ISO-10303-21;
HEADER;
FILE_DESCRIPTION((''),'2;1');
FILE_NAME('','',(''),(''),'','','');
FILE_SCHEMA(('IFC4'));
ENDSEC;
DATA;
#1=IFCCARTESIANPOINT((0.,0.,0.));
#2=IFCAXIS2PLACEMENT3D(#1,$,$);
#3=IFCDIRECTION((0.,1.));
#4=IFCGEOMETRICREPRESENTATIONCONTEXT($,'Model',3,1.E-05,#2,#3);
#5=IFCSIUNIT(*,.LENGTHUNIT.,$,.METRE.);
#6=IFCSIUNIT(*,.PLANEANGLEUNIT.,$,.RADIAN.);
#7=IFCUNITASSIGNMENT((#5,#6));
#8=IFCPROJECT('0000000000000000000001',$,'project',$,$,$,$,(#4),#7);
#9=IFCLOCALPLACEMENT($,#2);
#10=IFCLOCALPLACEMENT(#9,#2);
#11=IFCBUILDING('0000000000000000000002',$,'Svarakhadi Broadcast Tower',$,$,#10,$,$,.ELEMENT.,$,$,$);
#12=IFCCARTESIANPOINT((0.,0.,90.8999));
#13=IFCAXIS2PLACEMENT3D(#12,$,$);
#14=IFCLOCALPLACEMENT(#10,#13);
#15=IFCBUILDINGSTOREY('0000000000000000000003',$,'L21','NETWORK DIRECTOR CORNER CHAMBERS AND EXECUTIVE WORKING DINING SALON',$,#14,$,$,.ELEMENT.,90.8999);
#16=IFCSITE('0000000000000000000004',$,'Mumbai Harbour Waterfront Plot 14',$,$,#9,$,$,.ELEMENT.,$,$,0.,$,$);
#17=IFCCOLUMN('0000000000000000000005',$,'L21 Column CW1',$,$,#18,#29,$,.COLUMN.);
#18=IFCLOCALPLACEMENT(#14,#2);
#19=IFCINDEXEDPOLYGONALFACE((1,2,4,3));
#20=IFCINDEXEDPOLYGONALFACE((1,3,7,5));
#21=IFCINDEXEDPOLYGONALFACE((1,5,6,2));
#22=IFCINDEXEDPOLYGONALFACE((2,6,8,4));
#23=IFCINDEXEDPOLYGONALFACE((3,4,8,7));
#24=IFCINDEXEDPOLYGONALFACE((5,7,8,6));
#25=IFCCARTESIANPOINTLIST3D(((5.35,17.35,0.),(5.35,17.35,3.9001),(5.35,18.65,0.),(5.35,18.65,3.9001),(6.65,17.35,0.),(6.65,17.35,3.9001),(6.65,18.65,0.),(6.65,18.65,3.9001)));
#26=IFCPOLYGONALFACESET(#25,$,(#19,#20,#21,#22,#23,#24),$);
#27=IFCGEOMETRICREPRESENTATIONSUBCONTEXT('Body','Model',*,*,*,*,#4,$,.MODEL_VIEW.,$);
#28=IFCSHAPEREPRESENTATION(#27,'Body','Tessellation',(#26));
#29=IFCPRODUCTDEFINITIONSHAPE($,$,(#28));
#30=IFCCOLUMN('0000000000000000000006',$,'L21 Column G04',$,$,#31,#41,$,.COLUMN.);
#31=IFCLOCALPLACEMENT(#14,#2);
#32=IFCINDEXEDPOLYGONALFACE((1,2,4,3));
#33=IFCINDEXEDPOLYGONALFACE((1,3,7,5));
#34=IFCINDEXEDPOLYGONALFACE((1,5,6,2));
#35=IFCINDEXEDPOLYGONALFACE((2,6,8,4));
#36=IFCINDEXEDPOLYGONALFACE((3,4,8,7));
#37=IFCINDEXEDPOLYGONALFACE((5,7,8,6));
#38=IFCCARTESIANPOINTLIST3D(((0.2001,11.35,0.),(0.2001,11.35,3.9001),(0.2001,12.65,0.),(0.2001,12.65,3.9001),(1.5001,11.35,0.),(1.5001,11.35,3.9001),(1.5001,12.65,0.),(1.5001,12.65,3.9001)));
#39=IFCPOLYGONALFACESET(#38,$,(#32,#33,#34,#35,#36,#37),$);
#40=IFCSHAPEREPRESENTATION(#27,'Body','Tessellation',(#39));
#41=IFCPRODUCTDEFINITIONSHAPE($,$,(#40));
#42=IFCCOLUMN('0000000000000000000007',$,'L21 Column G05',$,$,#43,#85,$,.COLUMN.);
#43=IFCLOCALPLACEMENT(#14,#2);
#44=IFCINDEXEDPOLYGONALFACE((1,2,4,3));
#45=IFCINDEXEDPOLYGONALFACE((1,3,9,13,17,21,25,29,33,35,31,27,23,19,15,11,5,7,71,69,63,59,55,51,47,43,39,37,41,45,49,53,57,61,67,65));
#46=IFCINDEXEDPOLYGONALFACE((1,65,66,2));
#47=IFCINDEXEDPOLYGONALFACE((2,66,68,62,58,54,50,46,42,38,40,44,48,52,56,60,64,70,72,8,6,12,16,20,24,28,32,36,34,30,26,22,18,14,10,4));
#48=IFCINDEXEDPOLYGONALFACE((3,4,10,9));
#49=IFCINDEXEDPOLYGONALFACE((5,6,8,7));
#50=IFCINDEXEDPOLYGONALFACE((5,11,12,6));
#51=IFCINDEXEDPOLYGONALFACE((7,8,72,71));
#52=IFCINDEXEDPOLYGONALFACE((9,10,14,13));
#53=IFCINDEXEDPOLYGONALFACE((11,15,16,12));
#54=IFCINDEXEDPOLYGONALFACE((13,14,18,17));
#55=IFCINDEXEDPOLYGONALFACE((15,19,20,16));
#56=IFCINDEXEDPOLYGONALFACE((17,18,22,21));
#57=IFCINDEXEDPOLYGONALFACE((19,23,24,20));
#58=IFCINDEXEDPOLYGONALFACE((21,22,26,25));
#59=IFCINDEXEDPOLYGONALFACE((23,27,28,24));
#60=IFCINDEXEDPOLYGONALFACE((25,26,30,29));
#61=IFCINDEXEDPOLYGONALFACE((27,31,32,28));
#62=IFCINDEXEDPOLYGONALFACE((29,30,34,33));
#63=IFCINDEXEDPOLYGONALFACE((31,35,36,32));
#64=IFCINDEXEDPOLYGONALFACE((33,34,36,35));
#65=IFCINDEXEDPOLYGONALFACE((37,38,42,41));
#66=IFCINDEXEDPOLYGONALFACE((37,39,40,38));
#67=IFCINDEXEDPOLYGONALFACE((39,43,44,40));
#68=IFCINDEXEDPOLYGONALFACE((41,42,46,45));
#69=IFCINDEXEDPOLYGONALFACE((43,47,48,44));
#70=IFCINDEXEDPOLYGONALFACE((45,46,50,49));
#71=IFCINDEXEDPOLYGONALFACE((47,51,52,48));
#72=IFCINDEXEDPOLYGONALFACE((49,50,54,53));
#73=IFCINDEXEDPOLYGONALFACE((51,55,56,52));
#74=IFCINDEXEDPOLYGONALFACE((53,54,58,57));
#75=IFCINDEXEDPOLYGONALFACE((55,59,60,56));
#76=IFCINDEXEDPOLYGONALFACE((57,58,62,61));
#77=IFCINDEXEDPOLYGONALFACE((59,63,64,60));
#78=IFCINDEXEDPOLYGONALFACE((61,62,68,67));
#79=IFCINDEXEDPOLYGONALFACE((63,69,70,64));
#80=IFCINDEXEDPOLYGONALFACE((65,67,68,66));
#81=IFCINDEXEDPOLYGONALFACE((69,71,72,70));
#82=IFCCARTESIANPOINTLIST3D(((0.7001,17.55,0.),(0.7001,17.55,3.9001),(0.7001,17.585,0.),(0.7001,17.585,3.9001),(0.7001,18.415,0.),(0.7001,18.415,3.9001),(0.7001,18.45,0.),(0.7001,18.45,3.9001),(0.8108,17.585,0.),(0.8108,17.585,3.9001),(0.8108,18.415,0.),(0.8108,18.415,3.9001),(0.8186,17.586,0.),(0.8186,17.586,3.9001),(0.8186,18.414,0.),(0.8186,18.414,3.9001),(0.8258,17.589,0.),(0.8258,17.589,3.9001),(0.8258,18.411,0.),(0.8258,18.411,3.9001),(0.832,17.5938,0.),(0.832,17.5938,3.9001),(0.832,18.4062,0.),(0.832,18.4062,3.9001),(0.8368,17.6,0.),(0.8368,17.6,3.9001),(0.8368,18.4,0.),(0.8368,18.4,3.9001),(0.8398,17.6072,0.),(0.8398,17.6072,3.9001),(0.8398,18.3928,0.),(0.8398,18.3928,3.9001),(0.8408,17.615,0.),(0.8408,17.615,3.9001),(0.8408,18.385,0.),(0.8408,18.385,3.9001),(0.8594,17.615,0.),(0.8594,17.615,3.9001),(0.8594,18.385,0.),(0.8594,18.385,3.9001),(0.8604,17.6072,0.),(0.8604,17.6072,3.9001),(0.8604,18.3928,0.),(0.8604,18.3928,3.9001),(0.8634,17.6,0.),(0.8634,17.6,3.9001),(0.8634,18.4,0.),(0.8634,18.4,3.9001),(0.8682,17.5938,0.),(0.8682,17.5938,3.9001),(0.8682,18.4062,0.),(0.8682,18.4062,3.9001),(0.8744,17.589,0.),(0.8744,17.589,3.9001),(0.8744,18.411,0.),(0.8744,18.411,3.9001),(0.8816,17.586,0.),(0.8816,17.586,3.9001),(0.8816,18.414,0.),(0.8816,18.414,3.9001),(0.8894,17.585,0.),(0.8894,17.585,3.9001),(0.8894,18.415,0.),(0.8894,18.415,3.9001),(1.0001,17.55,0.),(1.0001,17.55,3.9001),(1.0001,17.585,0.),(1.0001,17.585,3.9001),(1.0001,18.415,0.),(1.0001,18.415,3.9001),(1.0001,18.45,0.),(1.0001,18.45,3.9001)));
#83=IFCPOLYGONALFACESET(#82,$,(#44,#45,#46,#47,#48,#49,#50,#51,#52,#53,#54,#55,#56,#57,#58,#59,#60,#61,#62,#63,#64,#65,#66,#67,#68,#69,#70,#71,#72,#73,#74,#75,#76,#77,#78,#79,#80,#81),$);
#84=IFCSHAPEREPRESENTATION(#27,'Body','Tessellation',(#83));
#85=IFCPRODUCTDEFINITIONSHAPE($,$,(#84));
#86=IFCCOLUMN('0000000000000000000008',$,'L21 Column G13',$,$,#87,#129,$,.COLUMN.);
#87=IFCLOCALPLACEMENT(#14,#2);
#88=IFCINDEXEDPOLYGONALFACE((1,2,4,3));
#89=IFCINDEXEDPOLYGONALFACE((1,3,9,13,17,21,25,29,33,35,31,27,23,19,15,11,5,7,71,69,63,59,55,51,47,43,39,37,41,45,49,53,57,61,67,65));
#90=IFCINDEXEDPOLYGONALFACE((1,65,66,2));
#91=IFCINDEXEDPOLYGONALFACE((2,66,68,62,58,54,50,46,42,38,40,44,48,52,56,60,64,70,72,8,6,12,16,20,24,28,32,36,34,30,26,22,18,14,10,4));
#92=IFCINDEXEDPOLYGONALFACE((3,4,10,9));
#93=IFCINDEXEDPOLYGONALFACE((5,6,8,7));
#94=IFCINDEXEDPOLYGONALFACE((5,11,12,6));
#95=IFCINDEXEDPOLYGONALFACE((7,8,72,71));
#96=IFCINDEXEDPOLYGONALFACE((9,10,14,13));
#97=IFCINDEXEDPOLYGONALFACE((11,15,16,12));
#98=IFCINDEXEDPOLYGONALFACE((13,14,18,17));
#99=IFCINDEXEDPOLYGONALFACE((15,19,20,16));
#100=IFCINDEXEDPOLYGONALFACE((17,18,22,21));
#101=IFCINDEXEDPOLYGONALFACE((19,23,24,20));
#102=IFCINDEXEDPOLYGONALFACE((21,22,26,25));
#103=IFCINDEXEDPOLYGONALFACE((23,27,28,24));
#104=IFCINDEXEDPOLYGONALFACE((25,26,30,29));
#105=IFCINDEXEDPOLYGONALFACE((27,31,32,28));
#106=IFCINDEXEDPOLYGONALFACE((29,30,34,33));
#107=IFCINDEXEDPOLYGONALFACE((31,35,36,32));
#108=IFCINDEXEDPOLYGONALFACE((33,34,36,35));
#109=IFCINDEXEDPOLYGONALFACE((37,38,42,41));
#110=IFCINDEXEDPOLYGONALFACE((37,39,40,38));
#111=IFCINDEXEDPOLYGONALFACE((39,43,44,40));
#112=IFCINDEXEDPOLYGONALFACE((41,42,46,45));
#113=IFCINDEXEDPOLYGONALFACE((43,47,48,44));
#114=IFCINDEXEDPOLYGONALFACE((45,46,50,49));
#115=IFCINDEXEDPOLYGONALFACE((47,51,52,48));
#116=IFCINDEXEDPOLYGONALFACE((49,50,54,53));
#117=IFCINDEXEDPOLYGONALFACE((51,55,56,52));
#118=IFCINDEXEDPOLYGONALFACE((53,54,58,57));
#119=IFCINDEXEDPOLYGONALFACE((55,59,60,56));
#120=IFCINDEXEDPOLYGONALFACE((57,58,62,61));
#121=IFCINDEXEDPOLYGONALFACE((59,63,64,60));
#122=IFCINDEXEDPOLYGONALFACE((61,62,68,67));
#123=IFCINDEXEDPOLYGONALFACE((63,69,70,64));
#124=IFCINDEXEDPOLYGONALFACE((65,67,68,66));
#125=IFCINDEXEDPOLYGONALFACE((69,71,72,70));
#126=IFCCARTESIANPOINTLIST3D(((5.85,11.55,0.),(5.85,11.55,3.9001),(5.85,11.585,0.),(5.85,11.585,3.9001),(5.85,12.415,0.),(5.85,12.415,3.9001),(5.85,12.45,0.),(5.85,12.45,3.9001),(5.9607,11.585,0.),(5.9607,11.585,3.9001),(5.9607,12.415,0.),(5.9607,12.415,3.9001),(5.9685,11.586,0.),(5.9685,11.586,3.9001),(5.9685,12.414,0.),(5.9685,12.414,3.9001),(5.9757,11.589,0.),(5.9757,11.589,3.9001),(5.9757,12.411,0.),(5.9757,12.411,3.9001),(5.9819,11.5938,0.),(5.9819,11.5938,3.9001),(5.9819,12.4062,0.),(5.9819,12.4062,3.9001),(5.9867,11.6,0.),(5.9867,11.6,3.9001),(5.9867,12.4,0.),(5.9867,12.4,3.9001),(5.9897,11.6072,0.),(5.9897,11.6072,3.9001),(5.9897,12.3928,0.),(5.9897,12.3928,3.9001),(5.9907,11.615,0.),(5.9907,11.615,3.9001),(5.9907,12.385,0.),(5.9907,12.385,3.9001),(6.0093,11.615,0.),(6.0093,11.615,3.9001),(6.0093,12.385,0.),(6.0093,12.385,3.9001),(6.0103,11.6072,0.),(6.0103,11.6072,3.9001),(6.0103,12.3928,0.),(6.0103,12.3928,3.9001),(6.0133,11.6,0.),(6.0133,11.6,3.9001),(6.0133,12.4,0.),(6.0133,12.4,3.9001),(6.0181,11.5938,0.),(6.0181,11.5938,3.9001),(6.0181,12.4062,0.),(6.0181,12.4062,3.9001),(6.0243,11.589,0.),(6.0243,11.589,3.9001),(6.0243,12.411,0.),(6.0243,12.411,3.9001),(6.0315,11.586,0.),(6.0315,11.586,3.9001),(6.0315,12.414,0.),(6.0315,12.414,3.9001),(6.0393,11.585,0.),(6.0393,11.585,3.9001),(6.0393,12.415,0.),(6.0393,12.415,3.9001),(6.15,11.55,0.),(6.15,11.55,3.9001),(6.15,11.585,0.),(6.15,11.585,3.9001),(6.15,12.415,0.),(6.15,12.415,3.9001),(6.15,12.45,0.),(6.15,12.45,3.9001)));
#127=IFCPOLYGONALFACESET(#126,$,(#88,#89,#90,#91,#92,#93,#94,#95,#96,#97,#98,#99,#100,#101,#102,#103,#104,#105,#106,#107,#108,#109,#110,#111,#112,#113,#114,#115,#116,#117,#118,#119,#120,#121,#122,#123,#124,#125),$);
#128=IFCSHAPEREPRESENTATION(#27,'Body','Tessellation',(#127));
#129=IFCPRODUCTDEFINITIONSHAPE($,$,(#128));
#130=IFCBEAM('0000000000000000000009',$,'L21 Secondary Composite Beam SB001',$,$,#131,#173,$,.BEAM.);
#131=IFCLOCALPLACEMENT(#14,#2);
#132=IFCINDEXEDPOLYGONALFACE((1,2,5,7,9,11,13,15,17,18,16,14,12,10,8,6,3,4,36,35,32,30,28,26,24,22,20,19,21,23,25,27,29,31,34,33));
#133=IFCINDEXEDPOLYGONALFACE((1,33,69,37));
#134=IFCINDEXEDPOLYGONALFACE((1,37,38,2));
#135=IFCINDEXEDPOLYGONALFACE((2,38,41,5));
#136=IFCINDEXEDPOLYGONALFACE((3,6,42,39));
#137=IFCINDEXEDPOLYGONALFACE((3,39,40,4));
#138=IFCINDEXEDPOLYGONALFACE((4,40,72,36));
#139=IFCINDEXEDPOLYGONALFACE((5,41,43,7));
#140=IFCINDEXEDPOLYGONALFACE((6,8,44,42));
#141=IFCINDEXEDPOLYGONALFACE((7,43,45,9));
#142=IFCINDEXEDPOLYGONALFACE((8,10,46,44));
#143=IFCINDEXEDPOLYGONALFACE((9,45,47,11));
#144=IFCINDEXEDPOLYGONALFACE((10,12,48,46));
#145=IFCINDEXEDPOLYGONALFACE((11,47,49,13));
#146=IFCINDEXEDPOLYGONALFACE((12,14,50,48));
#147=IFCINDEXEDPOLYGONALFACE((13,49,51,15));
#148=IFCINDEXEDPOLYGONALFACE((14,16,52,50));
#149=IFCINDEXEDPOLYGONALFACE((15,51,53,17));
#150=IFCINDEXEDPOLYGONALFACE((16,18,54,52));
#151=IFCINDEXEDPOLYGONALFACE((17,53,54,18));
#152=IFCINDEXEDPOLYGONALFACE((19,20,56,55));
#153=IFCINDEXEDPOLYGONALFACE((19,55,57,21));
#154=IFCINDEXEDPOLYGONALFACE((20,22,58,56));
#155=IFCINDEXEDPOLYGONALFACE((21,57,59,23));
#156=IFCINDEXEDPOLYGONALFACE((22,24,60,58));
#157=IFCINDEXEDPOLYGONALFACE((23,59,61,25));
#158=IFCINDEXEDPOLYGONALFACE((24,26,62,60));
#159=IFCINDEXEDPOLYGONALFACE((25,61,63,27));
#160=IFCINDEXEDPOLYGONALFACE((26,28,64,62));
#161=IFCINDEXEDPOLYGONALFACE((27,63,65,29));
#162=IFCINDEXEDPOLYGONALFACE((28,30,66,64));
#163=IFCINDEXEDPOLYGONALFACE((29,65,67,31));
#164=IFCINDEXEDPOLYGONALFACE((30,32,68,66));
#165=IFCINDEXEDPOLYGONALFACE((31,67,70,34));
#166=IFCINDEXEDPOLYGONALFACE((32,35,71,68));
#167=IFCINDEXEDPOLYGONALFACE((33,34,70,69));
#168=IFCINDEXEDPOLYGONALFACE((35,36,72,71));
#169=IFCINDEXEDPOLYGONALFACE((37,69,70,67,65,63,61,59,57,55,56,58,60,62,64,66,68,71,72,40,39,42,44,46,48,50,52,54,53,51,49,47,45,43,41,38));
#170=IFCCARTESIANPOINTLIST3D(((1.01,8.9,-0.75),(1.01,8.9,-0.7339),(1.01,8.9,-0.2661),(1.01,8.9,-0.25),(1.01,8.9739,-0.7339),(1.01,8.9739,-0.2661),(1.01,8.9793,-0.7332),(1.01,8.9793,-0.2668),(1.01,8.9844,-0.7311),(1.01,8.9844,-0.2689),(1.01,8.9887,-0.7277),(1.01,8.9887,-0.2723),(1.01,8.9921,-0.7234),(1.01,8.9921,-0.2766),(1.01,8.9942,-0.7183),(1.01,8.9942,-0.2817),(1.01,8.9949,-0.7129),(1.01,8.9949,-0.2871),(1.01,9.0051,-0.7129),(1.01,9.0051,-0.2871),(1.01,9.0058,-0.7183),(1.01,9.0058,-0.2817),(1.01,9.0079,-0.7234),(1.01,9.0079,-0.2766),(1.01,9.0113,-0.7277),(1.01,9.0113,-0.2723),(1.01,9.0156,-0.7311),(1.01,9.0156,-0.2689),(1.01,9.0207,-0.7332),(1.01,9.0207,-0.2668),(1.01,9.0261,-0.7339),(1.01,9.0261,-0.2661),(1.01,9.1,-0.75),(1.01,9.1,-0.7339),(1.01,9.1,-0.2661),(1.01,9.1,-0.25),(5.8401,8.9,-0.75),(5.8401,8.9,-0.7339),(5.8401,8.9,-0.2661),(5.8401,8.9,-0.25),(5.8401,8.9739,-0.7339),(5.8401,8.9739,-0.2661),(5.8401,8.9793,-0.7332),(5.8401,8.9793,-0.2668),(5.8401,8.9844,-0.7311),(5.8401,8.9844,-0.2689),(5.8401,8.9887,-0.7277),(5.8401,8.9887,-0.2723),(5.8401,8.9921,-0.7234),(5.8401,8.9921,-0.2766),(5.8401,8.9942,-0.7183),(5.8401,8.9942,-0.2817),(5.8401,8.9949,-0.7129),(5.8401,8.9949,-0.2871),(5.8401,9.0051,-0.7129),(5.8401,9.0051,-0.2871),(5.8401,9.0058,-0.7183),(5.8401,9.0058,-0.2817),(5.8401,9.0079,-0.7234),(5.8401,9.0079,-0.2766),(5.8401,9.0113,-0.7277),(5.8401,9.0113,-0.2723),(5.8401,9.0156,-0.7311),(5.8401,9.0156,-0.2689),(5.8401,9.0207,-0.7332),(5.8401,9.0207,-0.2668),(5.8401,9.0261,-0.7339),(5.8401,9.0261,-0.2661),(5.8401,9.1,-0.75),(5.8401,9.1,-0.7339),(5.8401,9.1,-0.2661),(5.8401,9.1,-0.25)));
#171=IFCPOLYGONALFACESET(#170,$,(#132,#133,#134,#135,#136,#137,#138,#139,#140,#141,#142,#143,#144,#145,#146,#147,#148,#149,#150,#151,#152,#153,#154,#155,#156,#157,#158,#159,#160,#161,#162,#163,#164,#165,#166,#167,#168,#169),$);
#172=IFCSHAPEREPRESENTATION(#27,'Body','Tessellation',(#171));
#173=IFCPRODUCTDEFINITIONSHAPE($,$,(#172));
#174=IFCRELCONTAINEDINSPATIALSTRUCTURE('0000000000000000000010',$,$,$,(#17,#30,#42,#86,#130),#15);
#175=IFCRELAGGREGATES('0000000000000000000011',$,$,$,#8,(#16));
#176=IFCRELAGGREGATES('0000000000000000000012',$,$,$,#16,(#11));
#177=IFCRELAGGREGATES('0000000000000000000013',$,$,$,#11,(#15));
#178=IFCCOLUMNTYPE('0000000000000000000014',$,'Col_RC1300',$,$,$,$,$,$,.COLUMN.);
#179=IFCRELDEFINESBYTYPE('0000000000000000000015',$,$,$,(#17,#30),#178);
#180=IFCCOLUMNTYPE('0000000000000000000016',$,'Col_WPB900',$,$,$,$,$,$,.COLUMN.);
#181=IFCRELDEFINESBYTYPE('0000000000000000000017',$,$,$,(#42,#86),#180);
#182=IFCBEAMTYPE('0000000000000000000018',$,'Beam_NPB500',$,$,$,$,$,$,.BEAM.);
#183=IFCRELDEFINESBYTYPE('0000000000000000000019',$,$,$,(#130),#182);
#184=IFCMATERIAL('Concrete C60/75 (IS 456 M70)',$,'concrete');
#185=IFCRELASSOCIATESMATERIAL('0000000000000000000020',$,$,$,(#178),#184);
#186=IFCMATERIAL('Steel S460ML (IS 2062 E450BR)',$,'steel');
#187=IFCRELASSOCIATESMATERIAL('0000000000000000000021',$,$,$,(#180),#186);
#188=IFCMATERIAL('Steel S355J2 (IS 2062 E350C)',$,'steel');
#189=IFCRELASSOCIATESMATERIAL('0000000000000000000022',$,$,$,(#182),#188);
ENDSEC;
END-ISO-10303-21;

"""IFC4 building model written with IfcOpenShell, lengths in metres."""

from ifc_helpers import new_model, si_unit, direction, frame, origin, origin_2d, place, context, subcontext, project, spatial, rectangle, i_section, extrude, material, material_profile, profile_set, type_object, element, save


model = new_model("IFC4")

# Units and contexts
model_context = context("Model", 3, precision=1e-05, world=origin(), true_north=direction((0.0, 1.0)))
body_context = subcontext(model_context, "Body", "Model", "MODEL_VIEW")
ifc_project = project(units=[si_unit("LENGTHUNIT", "METRE"), si_unit("PLANEANGLEUNIT", "RADIAN")], contexts=[model_context])

# Site, building, storey
site_placement = place(None, origin())
site = spatial("IfcSite", under=ifc_project, at=site_placement, Name="Mumbai Harbour Waterfront Plot 14", CompositionType="ELEMENT", RefElevation=0.0)
building_placement = place(site_placement, origin())
building = spatial("IfcBuilding", under=site, at=building_placement, Name="Svarakhadi Broadcast Tower", CompositionType="ELEMENT")
storey_placement = place(building_placement, frame((0.0, 0.0, 90.8999)))
storey = spatial("IfcBuildingStorey", under=building, at=storey_placement, Name="L21", Description="NETWORK DIRECTOR CORNER CHAMBERS AND EXECUTIVE WORKING DINING SALON", CompositionType="ELEMENT", Elevation=90.8999)

# Columns
ifc_material_1 = material(Name="Concrete C60/75 (IS 456 M70)", Category="concrete")
ifc_material_profile_1 = material_profile(ifc_material_1, rectangle(XDim=1.3, YDim=1.3, at=origin_2d()), Name="RC 1300x1300")
ifc_profile_set_1 = profile_set([ifc_material_profile_1], Name="Concrete C60/75 (IS 456 M70)")
column_type_1 = type_object("IfcColumnType", Name="Col_RC1300", PredefinedType="COLUMN", material=ifc_profile_set_1)
for number, where, z_axis, x_axis, name in (
    (1, (6.0, 18.0, 0.0), (0.0, 0.0, 1.0), (1.0, 0.0, 0.0), "L21 Column CW1"),
    (2, (0.8501, 12.0, 0.0), (0.0, 0.0, 1.0), (1.0, 0.0, 0.0), "L21 Column G04"),
):
    element("IfcColumn", number, at=place(storey_placement, frame(where, z_axis=z_axis, x_axis=x_axis)), inside=storey, type_object=column_type_1, Name=name, PredefinedType="COLUMN", context=body_context, shape_type="SweptSolid", body=[
        extrude(rectangle(XDim=1.3, YDim=1.3, at=origin_2d()), origin(), (0.0, 0.0, 1.0), 3.9001),
    ])
ifc_material_2 = material(Name="Steel S460ML (IS 2062 E450BR)", Category="steel")
ifc_material_profile_2 = material_profile(ifc_material_2, i_section(OverallWidth=0.3, OverallDepth=0.8999, WebThickness=0.0186, FlangeThickness=0.0349, FilletRadius=0.03, at=origin_2d()), Name="WPB 900x300x291")
ifc_profile_set_2 = profile_set([ifc_material_profile_2], Name="Steel S460ML (IS 2062 E450BR)")
column_type_2 = type_object("IfcColumnType", Name="Col_WPB900", PredefinedType="COLUMN", material=ifc_profile_set_2)
for number, where, z_axis, x_axis, name in (
    (3, (0.8501, 18.0, 0.0), (0.0, 0.0, 1.0), (1.0, 0.0, 0.0), "L21 Column G05"),
    (4, (6.0, 12.0, 0.0), (0.0, 0.0, 1.0), (1.0, 0.0, 0.0), "L21 Column G13"),
):
    element("IfcColumn", number, at=place(storey_placement, frame(where, z_axis=z_axis, x_axis=x_axis)), inside=storey, type_object=column_type_2, Name=name, PredefinedType="COLUMN", context=body_context, shape_type="SweptSolid", body=[
        extrude(i_section(OverallWidth=0.3, OverallDepth=0.8999, WebThickness=0.0186, FlangeThickness=0.0349, FilletRadius=0.03, at=origin_2d()), origin(), (0.0, 0.0, 1.0), 3.9001),
    ])

# Beam
ifc_material_3 = material(Name="Steel S355J2 (IS 2062 E350C)", Category="steel")
ifc_material_profile_3 = material_profile(ifc_material_3, i_section(OverallWidth=0.2, OverallDepth=0.5, WebThickness=0.0103, FlangeThickness=0.0161, FilletRadius=0.021, at=origin_2d()), Name="NPB 500x200x91")
ifc_profile_set_3 = profile_set([ifc_material_profile_3], Name="Steel S355J2 (IS 2062 E350C)")
beam_type_1 = type_object("IfcBeamType", Name="Beam_NPB500", PredefinedType="BEAM", material=ifc_profile_set_3)
for number, where, z_axis, x_axis, name in (
    (5, (1.01, 9.0, -0.5), (1.0, 0.0, 0.0), (0.0, 1.0, 0.0), "L21 Secondary Composite Beam SB001"),
):
    element("IfcBeam", number, at=place(storey_placement, frame(where, z_axis=z_axis, x_axis=x_axis)), inside=storey, type_object=beam_type_1, Name=name, PredefinedType="BEAM", context=body_context, shape_type="SweptSolid", body=[
        extrude(i_section(OverallWidth=0.2, OverallDepth=0.5, WebThickness=0.0103, FlangeThickness=0.0161, FilletRadius=0.021, at=origin_2d()), origin(), (0.0, 0.0, 1.0), 4.8301),
    ])

save(model, "model.ifc")
